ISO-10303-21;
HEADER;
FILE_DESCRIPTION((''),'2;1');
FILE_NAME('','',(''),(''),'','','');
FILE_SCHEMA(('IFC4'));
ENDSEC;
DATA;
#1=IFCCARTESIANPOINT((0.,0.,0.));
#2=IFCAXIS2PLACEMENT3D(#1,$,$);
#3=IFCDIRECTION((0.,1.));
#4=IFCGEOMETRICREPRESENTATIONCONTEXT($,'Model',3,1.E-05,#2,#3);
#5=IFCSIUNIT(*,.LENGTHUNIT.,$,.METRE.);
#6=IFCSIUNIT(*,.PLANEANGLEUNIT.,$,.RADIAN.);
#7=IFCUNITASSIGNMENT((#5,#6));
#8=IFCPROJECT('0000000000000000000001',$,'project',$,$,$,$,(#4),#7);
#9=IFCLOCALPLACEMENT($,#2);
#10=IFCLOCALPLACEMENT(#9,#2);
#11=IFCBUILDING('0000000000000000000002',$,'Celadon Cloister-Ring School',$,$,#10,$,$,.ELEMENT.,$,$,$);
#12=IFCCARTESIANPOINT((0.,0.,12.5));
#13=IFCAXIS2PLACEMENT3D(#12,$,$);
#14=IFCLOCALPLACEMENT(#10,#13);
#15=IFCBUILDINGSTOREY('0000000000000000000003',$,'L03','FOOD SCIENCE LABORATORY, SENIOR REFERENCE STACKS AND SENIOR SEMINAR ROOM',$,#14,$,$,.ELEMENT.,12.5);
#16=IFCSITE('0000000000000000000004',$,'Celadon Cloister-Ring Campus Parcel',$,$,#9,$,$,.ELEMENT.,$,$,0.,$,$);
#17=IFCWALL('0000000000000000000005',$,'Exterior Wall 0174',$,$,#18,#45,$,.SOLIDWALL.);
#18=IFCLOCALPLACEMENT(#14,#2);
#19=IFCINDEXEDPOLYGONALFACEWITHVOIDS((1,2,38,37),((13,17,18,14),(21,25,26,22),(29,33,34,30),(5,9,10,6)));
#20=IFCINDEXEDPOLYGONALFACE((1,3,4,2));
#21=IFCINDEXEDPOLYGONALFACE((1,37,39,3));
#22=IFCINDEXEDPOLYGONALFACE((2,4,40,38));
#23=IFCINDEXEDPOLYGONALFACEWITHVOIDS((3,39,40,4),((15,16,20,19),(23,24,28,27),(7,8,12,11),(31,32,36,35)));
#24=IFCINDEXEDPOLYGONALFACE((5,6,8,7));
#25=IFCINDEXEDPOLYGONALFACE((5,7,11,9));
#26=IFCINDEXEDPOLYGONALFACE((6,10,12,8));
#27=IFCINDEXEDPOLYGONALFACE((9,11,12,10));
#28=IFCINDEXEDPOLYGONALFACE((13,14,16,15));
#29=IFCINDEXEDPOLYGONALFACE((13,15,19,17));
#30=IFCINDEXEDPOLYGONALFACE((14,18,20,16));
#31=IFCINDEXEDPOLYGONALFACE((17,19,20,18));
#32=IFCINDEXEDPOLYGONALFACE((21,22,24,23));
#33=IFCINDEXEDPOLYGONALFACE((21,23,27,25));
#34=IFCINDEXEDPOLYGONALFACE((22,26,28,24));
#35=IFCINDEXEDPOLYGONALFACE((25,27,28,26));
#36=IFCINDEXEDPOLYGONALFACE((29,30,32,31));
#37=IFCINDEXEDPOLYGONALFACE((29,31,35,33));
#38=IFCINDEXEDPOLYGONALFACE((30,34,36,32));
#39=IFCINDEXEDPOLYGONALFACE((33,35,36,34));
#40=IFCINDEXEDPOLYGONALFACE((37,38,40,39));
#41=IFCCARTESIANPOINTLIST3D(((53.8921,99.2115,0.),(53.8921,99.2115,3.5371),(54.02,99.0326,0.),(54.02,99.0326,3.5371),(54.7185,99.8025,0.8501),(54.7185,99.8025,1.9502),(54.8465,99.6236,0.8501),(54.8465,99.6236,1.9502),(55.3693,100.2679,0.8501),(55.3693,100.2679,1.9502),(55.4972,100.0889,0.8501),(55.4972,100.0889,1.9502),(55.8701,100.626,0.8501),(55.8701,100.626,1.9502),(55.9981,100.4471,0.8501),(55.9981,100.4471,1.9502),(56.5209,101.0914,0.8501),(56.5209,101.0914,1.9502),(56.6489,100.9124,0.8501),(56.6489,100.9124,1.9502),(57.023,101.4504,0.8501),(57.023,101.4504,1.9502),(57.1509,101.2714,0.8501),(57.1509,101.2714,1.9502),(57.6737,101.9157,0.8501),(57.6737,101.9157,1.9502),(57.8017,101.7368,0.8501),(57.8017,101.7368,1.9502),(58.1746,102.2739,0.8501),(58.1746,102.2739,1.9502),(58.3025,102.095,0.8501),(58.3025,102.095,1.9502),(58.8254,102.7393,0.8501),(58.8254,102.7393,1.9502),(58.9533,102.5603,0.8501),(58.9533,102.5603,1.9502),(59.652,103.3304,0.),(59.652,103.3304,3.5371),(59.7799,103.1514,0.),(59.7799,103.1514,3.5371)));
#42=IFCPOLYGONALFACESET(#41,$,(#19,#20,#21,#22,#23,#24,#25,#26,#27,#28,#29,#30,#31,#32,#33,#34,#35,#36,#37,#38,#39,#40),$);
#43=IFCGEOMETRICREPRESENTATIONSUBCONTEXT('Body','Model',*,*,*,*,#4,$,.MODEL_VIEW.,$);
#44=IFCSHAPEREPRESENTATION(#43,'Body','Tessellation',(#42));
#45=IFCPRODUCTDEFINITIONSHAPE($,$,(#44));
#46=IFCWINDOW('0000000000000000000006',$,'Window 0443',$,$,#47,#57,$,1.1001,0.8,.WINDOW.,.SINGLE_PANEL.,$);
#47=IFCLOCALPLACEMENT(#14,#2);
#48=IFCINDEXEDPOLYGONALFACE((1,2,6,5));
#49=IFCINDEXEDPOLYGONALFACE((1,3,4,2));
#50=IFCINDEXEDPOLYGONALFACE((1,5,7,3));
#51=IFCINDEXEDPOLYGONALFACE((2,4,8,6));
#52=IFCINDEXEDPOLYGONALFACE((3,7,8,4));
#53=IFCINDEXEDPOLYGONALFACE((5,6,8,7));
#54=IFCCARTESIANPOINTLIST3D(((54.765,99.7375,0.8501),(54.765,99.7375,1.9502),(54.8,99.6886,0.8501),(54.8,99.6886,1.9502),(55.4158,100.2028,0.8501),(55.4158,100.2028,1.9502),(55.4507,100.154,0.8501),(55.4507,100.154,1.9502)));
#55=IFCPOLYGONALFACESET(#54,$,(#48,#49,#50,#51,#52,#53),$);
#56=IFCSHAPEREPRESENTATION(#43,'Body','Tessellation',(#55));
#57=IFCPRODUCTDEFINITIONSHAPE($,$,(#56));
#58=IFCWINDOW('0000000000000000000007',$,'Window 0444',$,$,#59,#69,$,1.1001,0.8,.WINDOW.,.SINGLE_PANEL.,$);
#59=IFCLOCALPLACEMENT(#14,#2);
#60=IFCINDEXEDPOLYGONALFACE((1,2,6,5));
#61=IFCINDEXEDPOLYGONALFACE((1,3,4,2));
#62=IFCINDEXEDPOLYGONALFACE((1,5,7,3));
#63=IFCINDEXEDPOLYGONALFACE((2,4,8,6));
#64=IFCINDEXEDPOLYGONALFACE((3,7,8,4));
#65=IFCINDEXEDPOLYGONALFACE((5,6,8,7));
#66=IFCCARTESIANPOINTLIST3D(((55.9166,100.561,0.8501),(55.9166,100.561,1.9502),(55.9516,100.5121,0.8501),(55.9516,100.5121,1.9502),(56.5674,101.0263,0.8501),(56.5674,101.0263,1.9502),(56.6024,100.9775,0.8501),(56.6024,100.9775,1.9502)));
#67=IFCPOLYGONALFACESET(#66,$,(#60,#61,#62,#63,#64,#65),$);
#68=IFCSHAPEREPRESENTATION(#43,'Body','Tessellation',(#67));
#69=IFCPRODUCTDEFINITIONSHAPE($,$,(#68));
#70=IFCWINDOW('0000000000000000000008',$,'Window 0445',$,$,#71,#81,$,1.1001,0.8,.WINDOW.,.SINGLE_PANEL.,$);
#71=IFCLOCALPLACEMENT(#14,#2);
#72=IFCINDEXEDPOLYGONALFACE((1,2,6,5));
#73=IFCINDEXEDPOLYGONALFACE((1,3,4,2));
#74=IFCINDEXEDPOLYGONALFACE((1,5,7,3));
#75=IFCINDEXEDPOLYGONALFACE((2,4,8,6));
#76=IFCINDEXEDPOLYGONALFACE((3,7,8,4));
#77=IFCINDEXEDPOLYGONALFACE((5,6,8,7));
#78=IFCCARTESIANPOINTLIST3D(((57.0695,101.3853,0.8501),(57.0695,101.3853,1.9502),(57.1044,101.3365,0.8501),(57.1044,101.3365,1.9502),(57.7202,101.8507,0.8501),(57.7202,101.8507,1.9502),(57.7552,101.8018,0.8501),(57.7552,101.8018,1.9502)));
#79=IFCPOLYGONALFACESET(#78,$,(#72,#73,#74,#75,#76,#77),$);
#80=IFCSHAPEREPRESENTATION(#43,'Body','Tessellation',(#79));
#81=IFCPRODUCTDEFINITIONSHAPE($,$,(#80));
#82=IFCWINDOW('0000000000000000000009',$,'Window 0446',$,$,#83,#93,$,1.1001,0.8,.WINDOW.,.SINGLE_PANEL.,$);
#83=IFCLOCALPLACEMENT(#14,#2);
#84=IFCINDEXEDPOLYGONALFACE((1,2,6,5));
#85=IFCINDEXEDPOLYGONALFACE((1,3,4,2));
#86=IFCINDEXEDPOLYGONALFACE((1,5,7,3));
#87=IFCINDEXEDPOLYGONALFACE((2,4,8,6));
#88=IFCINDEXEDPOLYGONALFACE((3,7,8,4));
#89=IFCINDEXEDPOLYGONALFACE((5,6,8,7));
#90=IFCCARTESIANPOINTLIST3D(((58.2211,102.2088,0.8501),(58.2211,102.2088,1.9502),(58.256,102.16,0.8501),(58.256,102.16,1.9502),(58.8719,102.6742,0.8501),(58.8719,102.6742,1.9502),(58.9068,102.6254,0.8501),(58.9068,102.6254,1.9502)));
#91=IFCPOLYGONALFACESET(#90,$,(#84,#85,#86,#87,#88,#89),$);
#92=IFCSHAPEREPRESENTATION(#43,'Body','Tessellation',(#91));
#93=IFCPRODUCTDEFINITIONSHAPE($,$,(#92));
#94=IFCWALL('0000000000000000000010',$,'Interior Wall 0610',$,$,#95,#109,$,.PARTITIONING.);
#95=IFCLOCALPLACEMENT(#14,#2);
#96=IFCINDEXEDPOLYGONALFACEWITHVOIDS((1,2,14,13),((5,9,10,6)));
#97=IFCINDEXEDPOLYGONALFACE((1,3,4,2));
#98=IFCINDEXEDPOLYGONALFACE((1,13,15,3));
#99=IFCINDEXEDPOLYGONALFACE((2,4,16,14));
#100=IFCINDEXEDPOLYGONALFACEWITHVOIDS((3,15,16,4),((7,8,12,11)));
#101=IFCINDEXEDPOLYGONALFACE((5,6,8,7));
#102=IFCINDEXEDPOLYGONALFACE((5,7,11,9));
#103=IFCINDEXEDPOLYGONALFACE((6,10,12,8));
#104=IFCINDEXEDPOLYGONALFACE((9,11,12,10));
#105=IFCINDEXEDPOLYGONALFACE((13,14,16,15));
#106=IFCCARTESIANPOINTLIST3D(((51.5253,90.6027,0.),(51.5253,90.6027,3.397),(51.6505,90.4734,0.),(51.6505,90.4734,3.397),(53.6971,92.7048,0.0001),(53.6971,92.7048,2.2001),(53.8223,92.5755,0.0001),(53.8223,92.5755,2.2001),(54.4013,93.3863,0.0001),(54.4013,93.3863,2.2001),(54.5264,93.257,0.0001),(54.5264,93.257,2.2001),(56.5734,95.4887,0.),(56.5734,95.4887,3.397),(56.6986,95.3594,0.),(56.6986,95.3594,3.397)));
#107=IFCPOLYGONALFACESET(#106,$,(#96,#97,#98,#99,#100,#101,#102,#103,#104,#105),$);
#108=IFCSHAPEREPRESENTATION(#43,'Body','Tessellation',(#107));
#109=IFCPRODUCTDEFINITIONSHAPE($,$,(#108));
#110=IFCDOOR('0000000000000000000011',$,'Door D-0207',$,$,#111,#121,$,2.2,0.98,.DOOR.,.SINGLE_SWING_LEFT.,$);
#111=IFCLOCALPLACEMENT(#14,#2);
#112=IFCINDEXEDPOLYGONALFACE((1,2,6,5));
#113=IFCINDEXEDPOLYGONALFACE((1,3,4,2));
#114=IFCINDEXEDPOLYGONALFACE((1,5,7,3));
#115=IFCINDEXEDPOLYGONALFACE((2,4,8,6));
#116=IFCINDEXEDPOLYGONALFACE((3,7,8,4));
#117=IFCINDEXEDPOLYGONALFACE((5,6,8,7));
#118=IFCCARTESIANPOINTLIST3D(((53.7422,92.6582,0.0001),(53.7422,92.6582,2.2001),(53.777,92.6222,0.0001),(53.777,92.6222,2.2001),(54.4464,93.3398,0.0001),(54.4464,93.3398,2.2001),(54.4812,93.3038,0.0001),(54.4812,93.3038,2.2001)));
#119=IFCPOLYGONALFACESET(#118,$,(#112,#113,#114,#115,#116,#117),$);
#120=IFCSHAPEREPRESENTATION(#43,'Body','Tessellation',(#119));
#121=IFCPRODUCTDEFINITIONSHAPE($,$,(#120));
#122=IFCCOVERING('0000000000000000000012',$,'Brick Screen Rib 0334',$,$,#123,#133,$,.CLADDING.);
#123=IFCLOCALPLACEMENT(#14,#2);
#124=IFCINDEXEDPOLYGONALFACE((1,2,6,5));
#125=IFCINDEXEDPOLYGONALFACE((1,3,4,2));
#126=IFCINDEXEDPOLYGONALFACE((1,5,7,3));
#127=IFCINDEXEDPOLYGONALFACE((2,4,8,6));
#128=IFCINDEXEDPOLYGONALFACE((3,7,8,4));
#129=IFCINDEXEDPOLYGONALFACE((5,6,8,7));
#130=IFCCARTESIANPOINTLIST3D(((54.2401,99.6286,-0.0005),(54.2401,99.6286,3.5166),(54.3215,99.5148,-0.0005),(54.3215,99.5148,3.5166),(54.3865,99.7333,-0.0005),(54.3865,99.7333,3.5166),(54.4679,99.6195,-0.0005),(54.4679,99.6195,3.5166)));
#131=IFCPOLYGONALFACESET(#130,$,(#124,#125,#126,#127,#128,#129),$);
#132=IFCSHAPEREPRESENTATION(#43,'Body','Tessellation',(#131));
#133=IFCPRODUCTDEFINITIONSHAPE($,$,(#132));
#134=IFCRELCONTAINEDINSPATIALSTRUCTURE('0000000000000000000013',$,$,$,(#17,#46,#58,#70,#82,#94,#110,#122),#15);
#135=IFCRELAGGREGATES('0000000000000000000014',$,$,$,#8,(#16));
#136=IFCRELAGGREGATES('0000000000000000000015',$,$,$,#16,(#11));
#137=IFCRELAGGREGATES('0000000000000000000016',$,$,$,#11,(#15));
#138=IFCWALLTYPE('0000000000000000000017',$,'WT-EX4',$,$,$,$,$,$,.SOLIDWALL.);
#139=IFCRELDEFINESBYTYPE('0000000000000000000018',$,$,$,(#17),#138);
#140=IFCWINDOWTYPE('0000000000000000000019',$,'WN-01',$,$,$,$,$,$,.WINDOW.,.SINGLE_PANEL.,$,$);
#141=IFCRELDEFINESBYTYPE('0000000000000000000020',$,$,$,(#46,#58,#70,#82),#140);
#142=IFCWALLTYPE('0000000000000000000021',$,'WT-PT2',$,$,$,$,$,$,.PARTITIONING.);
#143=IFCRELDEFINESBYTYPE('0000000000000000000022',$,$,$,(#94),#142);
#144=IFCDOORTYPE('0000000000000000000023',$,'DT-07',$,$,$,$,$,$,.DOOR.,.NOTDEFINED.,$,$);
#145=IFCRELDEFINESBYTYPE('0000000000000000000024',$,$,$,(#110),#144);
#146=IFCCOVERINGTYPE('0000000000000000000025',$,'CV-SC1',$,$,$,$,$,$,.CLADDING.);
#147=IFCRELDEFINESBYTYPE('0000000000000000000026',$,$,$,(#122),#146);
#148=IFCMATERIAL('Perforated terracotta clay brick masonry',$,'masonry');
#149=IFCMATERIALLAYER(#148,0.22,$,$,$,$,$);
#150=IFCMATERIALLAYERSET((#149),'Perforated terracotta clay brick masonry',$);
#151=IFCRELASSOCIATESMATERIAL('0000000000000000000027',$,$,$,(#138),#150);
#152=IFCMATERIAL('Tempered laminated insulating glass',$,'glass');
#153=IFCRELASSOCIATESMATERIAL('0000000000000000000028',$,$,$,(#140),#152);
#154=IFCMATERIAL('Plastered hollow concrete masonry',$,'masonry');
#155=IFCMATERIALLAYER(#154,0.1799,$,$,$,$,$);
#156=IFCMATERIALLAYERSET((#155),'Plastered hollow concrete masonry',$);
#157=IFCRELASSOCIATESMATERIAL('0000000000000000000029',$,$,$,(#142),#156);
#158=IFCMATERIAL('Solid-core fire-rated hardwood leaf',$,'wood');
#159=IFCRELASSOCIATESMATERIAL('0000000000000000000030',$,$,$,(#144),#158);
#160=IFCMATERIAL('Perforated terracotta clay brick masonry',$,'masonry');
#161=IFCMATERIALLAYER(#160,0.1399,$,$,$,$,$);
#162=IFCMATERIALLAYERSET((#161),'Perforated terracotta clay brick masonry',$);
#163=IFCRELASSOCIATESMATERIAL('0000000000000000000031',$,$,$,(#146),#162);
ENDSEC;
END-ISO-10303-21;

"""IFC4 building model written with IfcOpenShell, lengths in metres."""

from ifc_helpers import new_model, si_unit, direction, frame, frame_2d, origin, origin_2d, place, context, subcontext, project, spatial, rectangle, extrude, material, layer, layer_set, type_object, element, fill, save


model = new_model("IFC4")

# Units and contexts
model_context = context("Model", 3, precision=1e-05, world=origin(), true_north=direction((0.0, 1.0)))
body_context = subcontext(model_context, "Body", "Model", "MODEL_VIEW")
ifc_project = project(units=[si_unit("LENGTHUNIT", "METRE"), si_unit("PLANEANGLEUNIT", "RADIAN")], contexts=[model_context])

# Site, building, storey
site_placement = place(None, origin())
site = spatial("IfcSite", under=ifc_project, at=site_placement, Name="Celadon Cloister-Ring Campus Parcel", CompositionType="ELEMENT", RefElevation=0.0)
building_placement = place(site_placement, origin())
building = spatial("IfcBuilding", under=site, at=building_placement, Name="Celadon Cloister-Ring School", CompositionType="ELEMENT")
storey_placement = place(building_placement, frame((0.0, 0.0, 12.5)))
storey = spatial("IfcBuildingStorey", under=building, at=storey_placement, Name="L03", Description="FOOD SCIENCE LABORATORY, SENIOR REFERENCE STACKS AND SENIOR SEMINAR ROOM", CompositionType="ELEMENT", Elevation=12.5)

# Wall, openings, windows
ifc_material_1 = material(Name="Perforated terracotta clay brick masonry", Category="masonry")
ifc_layer_1 = layer(ifc_material_1, 0.22)
ifc_layer_set_1 = layer_set([ifc_layer_1], Name="Perforated terracotta clay brick masonry")
wall_type_1 = type_object("IfcWallType", Name="WT-EX4", PredefinedType="SOLIDWALL", material=ifc_layer_set_1)
wall_1_placement = place(storey_placement, frame((53.9561, 99.1221, 0.0), z_axis=(0.0, 0.0, 1.0), x_axis=(0.813426, 0.581669, 0.0)))
wall_1 = element("IfcWall", 1, at=wall_1_placement, inside=storey, type_object=wall_type_1, Name="Exterior Wall 0174", PredefinedType="SOLIDWALL", context=body_context, shape_type="SweptSolid", body=[
    extrude(rectangle(XDim=7.0811, YDim=0.22, at=frame_2d((3.5405, 0.0))), origin(), (0.0, 0.0, 1.0), 3.5371),
])
opening_1_placement = place(wall_1_placement, frame((1.0161, 0.0, 0.8501)))
opening_1 = element("IfcOpeningElement", 2, at=opening_1_placement, cuts=wall_1, PredefinedType="OPENING", context=body_context, shape_type="SweptSolid", body=[
    extrude(rectangle(XDim=0.8, YDim=1.1001, at=frame_2d((0.3999, 0.55))), frame((0.0, 0.1201, 0.0), z_axis=(0.0, -1.0, 0.0), x_axis=(1.0, 0.0, 0.0)), (0.0, 0.0, 1.0), 0.24),
])
opening_2_placement = place(wall_1_placement, frame((2.4319, 0.0, 0.8501)))
opening_2 = element("IfcOpeningElement", 3, at=opening_2_placement, cuts=wall_1, PredefinedType="OPENING", context=body_context, shape_type="SweptSolid", body=[
    extrude(rectangle(XDim=0.8, YDim=1.1001, at=frame_2d((0.3999, 0.55))), frame((0.0, 0.1201, 0.0), z_axis=(0.0, -1.0, 0.0), x_axis=(1.0, 0.0, 0.0)), (0.0, 0.0, 1.0), 0.24),
])
opening_3_placement = place(wall_1_placement, frame((3.8491, 0.0, 0.8501)))
opening_3 = element("IfcOpeningElement", 4, at=opening_3_placement, cuts=wall_1, PredefinedType="OPENING", context=body_context, shape_type="SweptSolid", body=[
    extrude(rectangle(XDim=0.8, YDim=1.1001, at=frame_2d((0.3999, 0.55))), frame((0.0, 0.1201, 0.0), z_axis=(0.0, -1.0, 0.0), x_axis=(1.0, 0.0, 0.0)), (0.0, 0.0, 1.0), 0.24),
])
opening_4_placement = place(wall_1_placement, frame((5.2649, 0.0, 0.8501)))
opening_4 = element("IfcOpeningElement", 5, at=opening_4_placement, cuts=wall_1, PredefinedType="OPENING", context=body_context, shape_type="SweptSolid", body=[
    extrude(rectangle(XDim=0.8, YDim=1.1001, at=frame_2d((0.3999, 0.55))), frame((0.0, 0.1201, 0.0), z_axis=(0.0, -1.0, 0.0), x_axis=(1.0, 0.0, 0.0)), (0.0, 0.0, 1.0), 0.24),
])
ifc_material_2 = material(Name="Tempered laminated insulating glass", Category="glass")
window_type = type_object("IfcWindowType", Name="WN-01", PartitioningType="SINGLE_PANEL", PredefinedType="WINDOW", material=ifc_material_2)
window_1_placement = place(opening_1_placement, origin())
window_1 = element("IfcWindow", 6, at=window_1_placement, inside=storey, type_object=window_type, Name="Window 0443", OverallHeight=1.1001, OverallWidth=0.8, PartitioningType="SINGLE_PANEL", PredefinedType="WINDOW", context=body_context, shape_type="SweptSolid", body=[
    extrude(rectangle(XDim=0.8, YDim=1.1001, at=frame_2d((0.3999, 0.55))), frame((0.0, 0.03, 0.0), z_axis=(0.0, -1.0, 0.0), x_axis=(1.0, 0.0, 0.0)), (0.0, 0.0, 1.0), 0.0601),
])
fill(opening_1, window_1)
window_2_placement = place(opening_2_placement, origin())
window_2 = element("IfcWindow", 7, at=window_2_placement, inside=storey, type_object=window_type, Name="Window 0444", OverallHeight=1.1001, OverallWidth=0.8, PartitioningType="SINGLE_PANEL", PredefinedType="WINDOW", context=body_context, shape_type="SweptSolid", body=[
    extrude(rectangle(XDim=0.8, YDim=1.1001, at=frame_2d((0.3999, 0.55))), frame((0.0, 0.03, 0.0), z_axis=(0.0, -1.0, 0.0), x_axis=(1.0, 0.0, 0.0)), (0.0, 0.0, 1.0), 0.0601),
])
fill(opening_2, window_2)
window_3_placement = place(opening_3_placement, origin())
window_3 = element("IfcWindow", 8, at=window_3_placement, inside=storey, type_object=window_type, Name="Window 0445", OverallHeight=1.1001, OverallWidth=0.8, PartitioningType="SINGLE_PANEL", PredefinedType="WINDOW", context=body_context, shape_type="SweptSolid", body=[
    extrude(rectangle(XDim=0.8, YDim=1.1001, at=frame_2d((0.3999, 0.55))), frame((0.0, 0.03, 0.0), z_axis=(0.0, -1.0, 0.0), x_axis=(1.0, 0.0, 0.0)), (0.0, 0.0, 1.0), 0.0601),
])
fill(opening_3, window_3)
window_4_placement = place(opening_4_placement, origin())
window_4 = element("IfcWindow", 9, at=window_4_placement, inside=storey, type_object=window_type, Name="Window 0446", OverallHeight=1.1001, OverallWidth=0.8, PartitioningType="SINGLE_PANEL", PredefinedType="WINDOW", context=body_context, shape_type="SweptSolid", body=[
    extrude(rectangle(XDim=0.8, YDim=1.1001, at=frame_2d((0.3999, 0.55))), frame((0.0, 0.03, 0.0), z_axis=(0.0, -1.0, 0.0), x_axis=(1.0, 0.0, 0.0)), (0.0, 0.0, 1.0), 0.0601),
])
fill(opening_4, window_4)

# Wall, opening, door
ifc_material_3 = material(Name="Plastered hollow concrete masonry", Category="masonry")
ifc_layer_2 = layer(ifc_material_3, 0.1799)
ifc_layer_set_2 = layer_set([ifc_layer_2], Name="Plastered hollow concrete masonry")
wall_type_2 = type_object("IfcWallType", Name="WT-PT2", PredefinedType="PARTITIONING", material=ifc_layer_set_2)
wall_2_placement = place(storey_placement, frame((56.636, 95.4241, 0.0), z_axis=(0.0, 0.0, 1.0), x_axis=(-0.71855, -0.695475, 0.0)))
wall_2 = element("IfcWall", 10, at=wall_2_placement, inside=storey, type_object=wall_type_2, Name="Interior Wall 0610", PredefinedType="PARTITIONING", context=body_context, shape_type="SweptSolid", body=[
    extrude(rectangle(XDim=7.0254, YDim=0.1799, at=frame_2d((3.5127, 0.0))), origin(), (0.0, 0.0, 1.0), 3.397),
])
opening_5_placement = place(wall_2_placement, frame((3.0229, 0.0, 0.0)))
opening_5 = element("IfcOpeningElement", 11, at=opening_5_placement, cuts=wall_2, PredefinedType="OPENING", context=body_context, shape_type="SweptSolid", body=[
    extrude(rectangle(XDim=0.98, YDim=2.2, at=frame_2d((0.49, 1.1001))), frame((0.0, 0.1001, 0.0), z_axis=(0.0, -1.0, 0.0), x_axis=(1.0, 0.0, 0.0)), (0.0, 0.0, 1.0), 0.2),
])
ifc_material_4 = material(Name="Solid-core fire-rated hardwood leaf", Category="wood")
door_type = type_object("IfcDoorType", Name="DT-07", OperationType="NOTDEFINED", PredefinedType="DOOR", material=ifc_material_4)
door_placement = place(opening_5_placement, origin())
door = element("IfcDoor", 12, at=door_placement, inside=storey, type_object=door_type, Name="Door D-0207", OperationType="SINGLE_SWING_LEFT", OverallHeight=2.2, OverallWidth=0.98, PredefinedType="DOOR", context=body_context, shape_type="SweptSolid", body=[
    extrude(rectangle(XDim=0.98, YDim=2.2, at=frame_2d((0.49, 1.1001))), frame((0.0, 0.0249, 0.0), z_axis=(0.0, -1.0, 0.0), x_axis=(1.0, 0.0, 0.0)), (0.0, 0.0, 1.0), 0.05),
])
fill(opening_5, door)

# Covering
ifc_material_5 = material(Name="Perforated terracotta clay brick masonry", Category="masonry")
ifc_layer_3 = layer(ifc_material_5, 0.1399)
ifc_layer_set_3 = layer_set([ifc_layer_3], Name="Perforated terracotta clay brick masonry")
covering_type = type_object("IfcCoveringType", Name="CV-SC1", PredefinedType="CLADDING", material=ifc_layer_set_3)
covering_placement = place(storey_placement, frame((54.354, 99.624, -0.0005), z_axis=(0.0, 0.0, 1.0), x_axis=(0.813416, 0.581683, 0.0)))
element("IfcCovering", 13, at=covering_placement, inside=storey, type_object=covering_type, Name="Brick Screen Rib 0334", PredefinedType="CLADDING", context=body_context, shape_type="SweptSolid", body=[
    extrude(rectangle(XDim=0.1799, YDim=0.1399, at=origin_2d()), origin(), (0.0, 0.0, 1.0), 3.5171),
])

save(model, "model.ifc")
